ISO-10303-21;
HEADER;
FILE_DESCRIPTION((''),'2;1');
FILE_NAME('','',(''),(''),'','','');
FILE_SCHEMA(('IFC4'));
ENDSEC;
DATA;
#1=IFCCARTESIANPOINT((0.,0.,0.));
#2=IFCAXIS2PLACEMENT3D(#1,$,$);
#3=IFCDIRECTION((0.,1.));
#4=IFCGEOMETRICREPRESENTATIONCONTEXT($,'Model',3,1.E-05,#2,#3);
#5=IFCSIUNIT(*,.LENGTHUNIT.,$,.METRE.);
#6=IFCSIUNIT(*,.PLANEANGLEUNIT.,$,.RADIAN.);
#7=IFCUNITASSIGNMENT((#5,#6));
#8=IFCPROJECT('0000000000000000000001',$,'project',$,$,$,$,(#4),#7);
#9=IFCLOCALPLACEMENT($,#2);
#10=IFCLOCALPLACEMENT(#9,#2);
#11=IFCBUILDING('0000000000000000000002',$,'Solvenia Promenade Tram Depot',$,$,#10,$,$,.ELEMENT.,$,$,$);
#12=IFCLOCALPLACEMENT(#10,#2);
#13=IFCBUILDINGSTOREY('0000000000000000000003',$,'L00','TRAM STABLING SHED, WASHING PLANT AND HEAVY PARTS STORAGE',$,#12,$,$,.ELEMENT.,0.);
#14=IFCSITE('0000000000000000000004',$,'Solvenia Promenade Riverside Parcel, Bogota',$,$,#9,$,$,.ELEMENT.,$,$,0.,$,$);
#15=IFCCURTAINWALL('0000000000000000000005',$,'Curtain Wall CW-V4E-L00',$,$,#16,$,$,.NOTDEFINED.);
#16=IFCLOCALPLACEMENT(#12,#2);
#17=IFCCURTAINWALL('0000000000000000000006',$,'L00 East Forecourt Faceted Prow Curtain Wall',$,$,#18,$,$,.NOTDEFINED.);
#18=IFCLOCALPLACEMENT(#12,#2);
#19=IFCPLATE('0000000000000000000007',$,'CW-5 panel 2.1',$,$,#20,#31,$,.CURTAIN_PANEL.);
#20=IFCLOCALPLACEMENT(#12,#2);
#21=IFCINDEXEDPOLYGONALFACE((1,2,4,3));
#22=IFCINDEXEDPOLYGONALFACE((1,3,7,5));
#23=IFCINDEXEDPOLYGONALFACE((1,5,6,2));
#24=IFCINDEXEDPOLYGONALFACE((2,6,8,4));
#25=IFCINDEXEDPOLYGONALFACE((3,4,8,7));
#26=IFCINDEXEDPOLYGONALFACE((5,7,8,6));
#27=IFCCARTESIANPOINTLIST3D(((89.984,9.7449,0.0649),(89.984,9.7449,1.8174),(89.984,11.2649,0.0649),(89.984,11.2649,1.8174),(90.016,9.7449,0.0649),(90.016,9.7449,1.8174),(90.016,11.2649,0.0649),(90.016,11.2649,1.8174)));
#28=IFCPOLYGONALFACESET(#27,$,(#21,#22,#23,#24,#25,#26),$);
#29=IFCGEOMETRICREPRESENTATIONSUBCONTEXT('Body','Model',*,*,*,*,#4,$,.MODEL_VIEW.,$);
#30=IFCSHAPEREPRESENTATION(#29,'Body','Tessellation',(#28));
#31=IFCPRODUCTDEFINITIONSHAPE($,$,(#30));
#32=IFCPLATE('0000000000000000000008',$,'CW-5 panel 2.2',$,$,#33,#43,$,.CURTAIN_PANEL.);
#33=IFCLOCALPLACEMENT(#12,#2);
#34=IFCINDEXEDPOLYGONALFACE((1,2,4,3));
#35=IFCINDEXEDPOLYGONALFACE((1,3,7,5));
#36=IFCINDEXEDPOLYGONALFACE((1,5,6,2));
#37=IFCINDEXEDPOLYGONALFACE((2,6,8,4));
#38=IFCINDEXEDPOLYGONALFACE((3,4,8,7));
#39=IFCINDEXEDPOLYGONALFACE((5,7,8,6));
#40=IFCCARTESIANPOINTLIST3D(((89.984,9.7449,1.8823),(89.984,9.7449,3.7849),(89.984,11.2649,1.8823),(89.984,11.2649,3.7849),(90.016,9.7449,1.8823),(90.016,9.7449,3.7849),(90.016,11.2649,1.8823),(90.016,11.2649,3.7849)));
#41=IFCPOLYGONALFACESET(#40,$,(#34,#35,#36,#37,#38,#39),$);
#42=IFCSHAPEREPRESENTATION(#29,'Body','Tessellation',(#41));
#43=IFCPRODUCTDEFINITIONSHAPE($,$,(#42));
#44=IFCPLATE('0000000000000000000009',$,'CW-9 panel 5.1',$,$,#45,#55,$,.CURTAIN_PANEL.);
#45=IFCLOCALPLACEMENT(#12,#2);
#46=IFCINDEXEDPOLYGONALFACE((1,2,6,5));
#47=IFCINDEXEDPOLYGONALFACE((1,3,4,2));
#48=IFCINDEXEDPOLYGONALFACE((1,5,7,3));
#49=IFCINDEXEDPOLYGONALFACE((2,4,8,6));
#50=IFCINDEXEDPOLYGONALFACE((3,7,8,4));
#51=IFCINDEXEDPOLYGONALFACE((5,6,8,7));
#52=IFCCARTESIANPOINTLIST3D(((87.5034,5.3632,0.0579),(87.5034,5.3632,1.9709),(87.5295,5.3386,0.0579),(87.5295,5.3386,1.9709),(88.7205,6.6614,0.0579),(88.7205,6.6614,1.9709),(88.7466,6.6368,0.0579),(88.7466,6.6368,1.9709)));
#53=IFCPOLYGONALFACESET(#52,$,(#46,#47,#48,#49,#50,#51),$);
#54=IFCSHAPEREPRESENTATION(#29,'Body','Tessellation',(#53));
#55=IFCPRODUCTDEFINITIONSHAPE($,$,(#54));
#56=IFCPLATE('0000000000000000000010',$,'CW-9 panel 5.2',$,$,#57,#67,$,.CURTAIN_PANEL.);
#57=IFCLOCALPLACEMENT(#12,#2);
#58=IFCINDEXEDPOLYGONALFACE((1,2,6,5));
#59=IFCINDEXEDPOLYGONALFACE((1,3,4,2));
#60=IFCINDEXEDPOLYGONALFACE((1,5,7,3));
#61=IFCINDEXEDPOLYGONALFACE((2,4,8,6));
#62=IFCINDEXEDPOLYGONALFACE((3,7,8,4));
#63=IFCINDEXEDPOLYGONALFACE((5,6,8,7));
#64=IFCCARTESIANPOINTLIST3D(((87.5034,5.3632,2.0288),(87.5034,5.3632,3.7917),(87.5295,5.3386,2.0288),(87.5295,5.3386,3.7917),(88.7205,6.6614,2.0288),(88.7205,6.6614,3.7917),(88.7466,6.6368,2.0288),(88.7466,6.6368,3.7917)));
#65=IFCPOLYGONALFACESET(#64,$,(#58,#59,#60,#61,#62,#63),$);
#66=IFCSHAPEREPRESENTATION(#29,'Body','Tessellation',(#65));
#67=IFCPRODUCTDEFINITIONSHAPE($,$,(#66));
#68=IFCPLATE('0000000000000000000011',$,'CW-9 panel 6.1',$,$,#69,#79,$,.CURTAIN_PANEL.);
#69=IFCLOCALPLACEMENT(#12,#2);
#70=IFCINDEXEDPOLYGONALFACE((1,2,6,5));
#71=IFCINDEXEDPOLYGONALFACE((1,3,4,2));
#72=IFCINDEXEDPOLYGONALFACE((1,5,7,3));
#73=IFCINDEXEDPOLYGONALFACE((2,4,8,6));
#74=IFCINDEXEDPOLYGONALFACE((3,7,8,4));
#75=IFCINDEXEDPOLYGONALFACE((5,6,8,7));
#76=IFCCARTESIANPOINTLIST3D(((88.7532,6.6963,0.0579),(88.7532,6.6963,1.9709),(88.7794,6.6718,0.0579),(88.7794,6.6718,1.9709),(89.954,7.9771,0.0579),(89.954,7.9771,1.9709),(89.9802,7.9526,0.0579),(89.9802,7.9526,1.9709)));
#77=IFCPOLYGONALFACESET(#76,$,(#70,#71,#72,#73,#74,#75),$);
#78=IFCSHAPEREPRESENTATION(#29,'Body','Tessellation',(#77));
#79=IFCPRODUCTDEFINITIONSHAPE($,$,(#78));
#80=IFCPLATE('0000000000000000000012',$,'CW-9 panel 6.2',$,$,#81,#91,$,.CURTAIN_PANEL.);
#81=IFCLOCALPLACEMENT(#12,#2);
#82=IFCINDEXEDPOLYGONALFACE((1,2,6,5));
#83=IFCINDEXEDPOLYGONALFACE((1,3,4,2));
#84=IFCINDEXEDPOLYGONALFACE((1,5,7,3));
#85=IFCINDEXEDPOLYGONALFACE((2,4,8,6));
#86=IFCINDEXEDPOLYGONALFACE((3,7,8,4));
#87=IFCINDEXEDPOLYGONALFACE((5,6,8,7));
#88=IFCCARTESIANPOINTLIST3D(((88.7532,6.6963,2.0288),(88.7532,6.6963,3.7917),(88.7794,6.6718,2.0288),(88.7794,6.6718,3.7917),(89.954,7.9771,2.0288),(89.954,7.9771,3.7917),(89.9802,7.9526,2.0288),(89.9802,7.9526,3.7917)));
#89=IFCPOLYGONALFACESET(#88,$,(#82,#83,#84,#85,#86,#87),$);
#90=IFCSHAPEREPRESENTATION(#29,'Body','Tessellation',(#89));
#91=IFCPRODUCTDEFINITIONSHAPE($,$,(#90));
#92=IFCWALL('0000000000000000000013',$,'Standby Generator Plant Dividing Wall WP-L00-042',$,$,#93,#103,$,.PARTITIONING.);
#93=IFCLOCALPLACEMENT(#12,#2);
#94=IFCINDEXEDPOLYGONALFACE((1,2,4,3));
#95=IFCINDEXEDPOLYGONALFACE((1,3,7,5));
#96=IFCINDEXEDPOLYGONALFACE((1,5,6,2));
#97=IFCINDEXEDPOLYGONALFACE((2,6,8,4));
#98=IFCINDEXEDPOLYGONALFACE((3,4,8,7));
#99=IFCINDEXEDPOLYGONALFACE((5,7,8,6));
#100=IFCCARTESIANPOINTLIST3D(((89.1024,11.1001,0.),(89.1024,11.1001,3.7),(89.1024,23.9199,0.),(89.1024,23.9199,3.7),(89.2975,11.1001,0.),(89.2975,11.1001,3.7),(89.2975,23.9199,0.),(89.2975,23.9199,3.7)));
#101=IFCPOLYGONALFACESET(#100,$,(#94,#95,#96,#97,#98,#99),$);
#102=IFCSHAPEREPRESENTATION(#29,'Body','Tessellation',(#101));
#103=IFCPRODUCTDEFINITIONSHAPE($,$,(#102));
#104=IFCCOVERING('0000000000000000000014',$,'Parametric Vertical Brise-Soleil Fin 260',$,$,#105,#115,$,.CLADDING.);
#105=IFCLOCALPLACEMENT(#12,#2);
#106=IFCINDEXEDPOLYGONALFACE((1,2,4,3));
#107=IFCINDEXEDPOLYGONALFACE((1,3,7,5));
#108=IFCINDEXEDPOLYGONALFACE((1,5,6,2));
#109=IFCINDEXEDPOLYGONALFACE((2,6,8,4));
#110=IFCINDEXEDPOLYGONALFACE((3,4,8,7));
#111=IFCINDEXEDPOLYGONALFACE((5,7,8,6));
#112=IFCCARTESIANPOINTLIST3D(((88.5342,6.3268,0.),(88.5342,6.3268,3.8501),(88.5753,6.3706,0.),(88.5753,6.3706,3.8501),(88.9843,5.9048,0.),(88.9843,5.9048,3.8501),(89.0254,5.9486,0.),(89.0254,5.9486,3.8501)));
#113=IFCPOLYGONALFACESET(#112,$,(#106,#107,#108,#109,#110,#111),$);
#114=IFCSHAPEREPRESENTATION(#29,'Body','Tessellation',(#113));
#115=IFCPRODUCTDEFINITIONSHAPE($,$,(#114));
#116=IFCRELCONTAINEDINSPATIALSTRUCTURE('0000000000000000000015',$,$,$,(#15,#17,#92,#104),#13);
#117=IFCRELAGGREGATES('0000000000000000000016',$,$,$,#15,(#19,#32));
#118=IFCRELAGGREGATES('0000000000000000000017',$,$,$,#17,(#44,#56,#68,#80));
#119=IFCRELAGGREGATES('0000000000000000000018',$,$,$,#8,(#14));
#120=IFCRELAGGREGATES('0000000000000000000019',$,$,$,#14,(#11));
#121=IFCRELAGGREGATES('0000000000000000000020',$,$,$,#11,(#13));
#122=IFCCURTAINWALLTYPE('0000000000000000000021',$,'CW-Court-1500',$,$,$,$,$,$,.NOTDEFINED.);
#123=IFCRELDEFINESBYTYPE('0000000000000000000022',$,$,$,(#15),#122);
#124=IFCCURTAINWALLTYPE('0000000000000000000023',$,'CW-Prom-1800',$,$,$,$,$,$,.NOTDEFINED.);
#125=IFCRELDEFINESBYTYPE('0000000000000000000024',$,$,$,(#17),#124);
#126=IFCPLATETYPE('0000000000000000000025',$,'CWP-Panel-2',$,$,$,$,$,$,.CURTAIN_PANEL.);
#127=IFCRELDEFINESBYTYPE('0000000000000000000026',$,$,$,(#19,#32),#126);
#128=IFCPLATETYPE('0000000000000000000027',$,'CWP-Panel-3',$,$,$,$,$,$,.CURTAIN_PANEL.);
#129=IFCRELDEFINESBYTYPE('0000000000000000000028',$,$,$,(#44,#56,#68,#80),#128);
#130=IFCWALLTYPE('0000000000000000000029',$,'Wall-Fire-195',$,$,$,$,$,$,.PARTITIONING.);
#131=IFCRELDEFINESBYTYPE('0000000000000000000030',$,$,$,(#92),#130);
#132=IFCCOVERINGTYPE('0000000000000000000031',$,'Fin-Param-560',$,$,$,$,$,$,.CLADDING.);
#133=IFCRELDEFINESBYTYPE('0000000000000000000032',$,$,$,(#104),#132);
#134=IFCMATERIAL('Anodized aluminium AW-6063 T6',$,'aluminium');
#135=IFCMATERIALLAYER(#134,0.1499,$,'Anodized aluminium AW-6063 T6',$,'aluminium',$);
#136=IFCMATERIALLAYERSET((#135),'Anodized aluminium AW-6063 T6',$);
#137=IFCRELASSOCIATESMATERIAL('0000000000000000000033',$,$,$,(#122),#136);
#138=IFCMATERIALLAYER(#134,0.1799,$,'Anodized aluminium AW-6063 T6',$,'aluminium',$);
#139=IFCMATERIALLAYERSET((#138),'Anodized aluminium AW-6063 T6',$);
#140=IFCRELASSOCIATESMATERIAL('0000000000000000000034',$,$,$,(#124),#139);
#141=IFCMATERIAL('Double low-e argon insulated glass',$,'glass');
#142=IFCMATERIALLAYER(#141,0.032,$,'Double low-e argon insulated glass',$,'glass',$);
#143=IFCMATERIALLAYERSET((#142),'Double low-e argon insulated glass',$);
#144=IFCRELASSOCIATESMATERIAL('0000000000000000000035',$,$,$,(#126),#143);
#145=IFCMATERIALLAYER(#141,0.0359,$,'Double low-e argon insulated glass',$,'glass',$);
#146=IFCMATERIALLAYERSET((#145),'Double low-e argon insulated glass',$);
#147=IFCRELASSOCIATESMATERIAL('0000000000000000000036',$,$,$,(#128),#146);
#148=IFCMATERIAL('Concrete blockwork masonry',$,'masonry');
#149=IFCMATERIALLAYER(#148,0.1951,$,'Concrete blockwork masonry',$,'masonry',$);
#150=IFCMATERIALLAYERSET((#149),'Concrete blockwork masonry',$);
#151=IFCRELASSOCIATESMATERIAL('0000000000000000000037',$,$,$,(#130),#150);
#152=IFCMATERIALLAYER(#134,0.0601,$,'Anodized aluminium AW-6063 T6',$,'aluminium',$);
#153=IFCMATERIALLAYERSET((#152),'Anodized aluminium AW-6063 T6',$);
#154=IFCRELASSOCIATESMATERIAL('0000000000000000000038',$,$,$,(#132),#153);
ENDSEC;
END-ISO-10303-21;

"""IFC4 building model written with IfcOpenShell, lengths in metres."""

from ifc_helpers import new_model, si_unit, direction, frame, frame_2d, origin, origin_2d, place, context, subcontext, project, spatial, rectangle, extrude, material, layer, layer_set, type_object, element, aggregate, save


model = new_model("IFC4")

# Units and contexts
model_context = context("Model", 3, precision=1e-05, world=origin(), true_north=direction((0.0, 1.0)))
body_context = subcontext(model_context, "Body", "Model", "MODEL_VIEW")
ifc_project = project(units=[si_unit("LENGTHUNIT", "METRE"), si_unit("PLANEANGLEUNIT", "RADIAN")], contexts=[model_context])

# Site, building, storey
site_placement = place(None, origin())
site = spatial("IfcSite", under=ifc_project, at=site_placement, Name="Solvenia Promenade Riverside Parcel, Bogota", CompositionType="ELEMENT", RefElevation=0.0)
building_placement = place(site_placement, origin())
building = spatial("IfcBuilding", under=site, at=building_placement, Name="Solvenia Promenade Tram Depot", CompositionType="ELEMENT")
storey_placement = place(building_placement, origin())
storey = spatial("IfcBuildingStorey", under=building, at=storey_placement, Name="L00", Description="TRAM STABLING SHED, WASHING PLANT AND HEAVY PARTS STORAGE", CompositionType="ELEMENT", Elevation=0.0)

# Curtain walls
ifc_material_1 = material(Name="Anodized aluminium AW-6063 T6", Category="aluminium")
ifc_layer_1 = layer(ifc_material_1, 0.1499, Name="Anodized aluminium AW-6063 T6", Category="aluminium")
ifc_layer_set_1 = layer_set([ifc_layer_1], Name="Anodized aluminium AW-6063 T6")
curtain_wall_type_1 = type_object("IfcCurtainWallType", Name="CW-Court-1500", PredefinedType="NOTDEFINED", material=ifc_layer_set_1)
curtain_wall_1_placement = place(storey_placement, origin())
curtain_wall_1 = element("IfcCurtainWall", 1, at=curtain_wall_1_placement, inside=storey, type_object=curtain_wall_type_1, Name="Curtain Wall CW-V4E-L00", PredefinedType="NOTDEFINED")
ifc_layer_2 = layer(ifc_material_1, 0.1799, Name="Anodized aluminium AW-6063 T6", Category="aluminium")
ifc_layer_set_2 = layer_set([ifc_layer_2], Name="Anodized aluminium AW-6063 T6")
curtain_wall_type_2 = type_object("IfcCurtainWallType", Name="CW-Prom-1800", PredefinedType="NOTDEFINED", material=ifc_layer_set_2)
curtain_wall_2_placement = place(storey_placement, origin())
curtain_wall_2 = element("IfcCurtainWall", 2, at=curtain_wall_2_placement, inside=storey, type_object=curtain_wall_type_2, Name="L00 East Forecourt Faceted Prow Curtain Wall", PredefinedType="NOTDEFINED")

# Plates
ifc_material_2 = material(Name="Double low-e argon insulated glass", Category="glass")
ifc_layer_3 = layer(ifc_material_2, 0.032, Name="Double low-e argon insulated glass", Category="glass")
ifc_layer_set_3 = layer_set([ifc_layer_3], Name="Double low-e argon insulated glass")
plate_type_1 = type_object("IfcPlateType", Name="CWP-Panel-2", PredefinedType="CURTAIN_PANEL", material=ifc_layer_set_3)
plate_1_placement = place(storey_placement, frame((90.0, 10.5049, 0.0649), z_axis=(0.0, 0.0, 1.0), x_axis=(0.0, 1.0, 0.0)))
plate_1 = element("IfcPlate", 3, at=plate_1_placement, type_object=plate_type_1, Name="CW-5 panel 2.1", PredefinedType="CURTAIN_PANEL", context=body_context, shape_type="SweptSolid", body=[
    extrude(rectangle(XDim=1.52, YDim=0.032, at=origin_2d()), origin(), (0.0, 0.0, 1.0), 1.7524),
])
plate_2_placement = place(storey_placement, frame((90.0, 10.5049, 1.8823), z_axis=(0.0, 0.0, 1.0), x_axis=(0.0, 1.0, 0.0)))
plate_2 = element("IfcPlate", 4, at=plate_2_placement, type_object=plate_type_1, Name="CW-5 panel 2.2", PredefinedType="CURTAIN_PANEL", context=body_context, shape_type="SweptSolid", body=[
    extrude(rectangle(XDim=1.52, YDim=0.032, at=origin_2d()), origin(), (0.0, 0.0, 1.0), 1.9026),
])
aggregate(curtain_wall_1, [plate_1, plate_2])
ifc_layer_4 = layer(ifc_material_2, 0.0359, Name="Double low-e argon insulated glass", Category="glass")
ifc_layer_set_4 = layer_set([ifc_layer_4], Name="Double low-e argon insulated glass")
plate_type_2 = type_object("IfcPlateType", Name="CWP-Panel-3", PredefinedType="CURTAIN_PANEL", material=ifc_layer_set_4)
plate_3_placement = place(storey_placement, frame((88.125, 6.0, 0.0579), z_axis=(0.0, 0.0, 1.0), x_axis=(0.683941, 0.729537, 0.0)))
plate_3 = element("IfcPlate", 5, at=plate_3_placement, type_object=plate_type_2, Name="CW-9 panel 5.1", PredefinedType="CURTAIN_PANEL", context=body_context, shape_type="SweptSolid", body=[
    extrude(rectangle(XDim=1.7795, YDim=0.0359, at=origin_2d()), origin(), (0.0, 0.0, 1.0), 1.9131),
])
plate_4_placement = place(storey_placement, frame((88.125, 6.0, 2.0288), z_axis=(0.0, 0.0, 1.0), x_axis=(0.683941, 0.729537, 0.0)))
plate_4 = element("IfcPlate", 6, at=plate_4_placement, type_object=plate_type_2, Name="CW-9 panel 5.2", PredefinedType="CURTAIN_PANEL", context=body_context, shape_type="SweptSolid", body=[
    extrude(rectangle(XDim=1.7795, YDim=0.0359, at=origin_2d()), origin(), (0.0, 0.0, 1.0), 1.7629),
])
plate_5_placement = place(storey_placement, frame((89.3667, 7.3245, 0.0579), z_axis=(0.0, 0.0, 1.0), x_axis=(0.683941, 0.729537, 0.0)))
plate_5 = element("IfcPlate", 7, at=plate_5_placement, type_object=plate_type_2, Name="CW-9 panel 6.1", PredefinedType="CURTAIN_PANEL", context=body_context, shape_type="SweptSolid", body=[
    extrude(rectangle(XDim=1.7556, YDim=0.0359, at=origin_2d()), origin(), (0.0, 0.0, 1.0), 1.9131),
])
plate_6_placement = place(storey_placement, frame((89.3667, 7.3245, 2.0288), z_axis=(0.0, 0.0, 1.0), x_axis=(0.683941, 0.729537, 0.0)))
plate_6 = element("IfcPlate", 8, at=plate_6_placement, type_object=plate_type_2, Name="CW-9 panel 6.2", PredefinedType="CURTAIN_PANEL", context=body_context, shape_type="SweptSolid", body=[
    extrude(rectangle(XDim=1.7556, YDim=0.0359, at=origin_2d()), origin(), (0.0, 0.0, 1.0), 1.7629),
])
aggregate(curtain_wall_2, [plate_3, plate_4, plate_5, plate_6])

# Wall
ifc_material_3 = material(Name="Concrete blockwork masonry", Category="masonry")
ifc_layer_5 = layer(ifc_material_3, 0.1951, Name="Concrete blockwork masonry", Category="masonry")
ifc_layer_set_5 = layer_set([ifc_layer_5], Name="Concrete blockwork masonry")
wall_type = type_object("IfcWallType", Name="Wall-Fire-195", PredefinedType="PARTITIONING", material=ifc_layer_set_5)
wall_placement = place(storey_placement, frame((89.2, 11.1001, 0.0), z_axis=(0.0, 0.0, 1.0), x_axis=(0.0, 1.0, 0.0)))
element("IfcWall", 9, at=wall_placement, inside=storey, type_object=wall_type, Name="Standby Generator Plant Dividing Wall WP-L00-042", PredefinedType="PARTITIONING", context=body_context, shape_type="SweptSolid", body=[
    extrude(rectangle(XDim=12.8198, YDim=0.1951, at=frame_2d((6.4099, 0.0))), origin(), (0.0, 0.0, 1.0), 3.7),
])

# Covering
ifc_layer_6 = layer(ifc_material_1, 0.0601, Name="Anodized aluminium AW-6063 T6", Category="aluminium")
ifc_layer_set_6 = layer_set([ifc_layer_6], Name="Anodized aluminium AW-6063 T6")
covering_type = type_object("IfcCoveringType", Name="Fin-Param-560", PredefinedType="CLADDING", material=ifc_layer_set_6)
covering_placement = place(storey_placement, frame((88.7798, 6.1377, 0.0), z_axis=(0.0, 0.0, 1.0), x_axis=(0.683911, 0.729566, 0.0)))
element("IfcCovering", 10, at=covering_placement, inside=storey, type_object=covering_type, Name="Parametric Vertical Brise-Soleil Fin 260", PredefinedType="CLADDING", context=body_context, shape_type="SweptSolid", body=[
    extrude(rectangle(XDim=0.0601, YDim=0.6169, at=origin_2d()), origin(), (0.0, 0.0, 1.0), 3.8501),
])

save(model, "model.ifc")
